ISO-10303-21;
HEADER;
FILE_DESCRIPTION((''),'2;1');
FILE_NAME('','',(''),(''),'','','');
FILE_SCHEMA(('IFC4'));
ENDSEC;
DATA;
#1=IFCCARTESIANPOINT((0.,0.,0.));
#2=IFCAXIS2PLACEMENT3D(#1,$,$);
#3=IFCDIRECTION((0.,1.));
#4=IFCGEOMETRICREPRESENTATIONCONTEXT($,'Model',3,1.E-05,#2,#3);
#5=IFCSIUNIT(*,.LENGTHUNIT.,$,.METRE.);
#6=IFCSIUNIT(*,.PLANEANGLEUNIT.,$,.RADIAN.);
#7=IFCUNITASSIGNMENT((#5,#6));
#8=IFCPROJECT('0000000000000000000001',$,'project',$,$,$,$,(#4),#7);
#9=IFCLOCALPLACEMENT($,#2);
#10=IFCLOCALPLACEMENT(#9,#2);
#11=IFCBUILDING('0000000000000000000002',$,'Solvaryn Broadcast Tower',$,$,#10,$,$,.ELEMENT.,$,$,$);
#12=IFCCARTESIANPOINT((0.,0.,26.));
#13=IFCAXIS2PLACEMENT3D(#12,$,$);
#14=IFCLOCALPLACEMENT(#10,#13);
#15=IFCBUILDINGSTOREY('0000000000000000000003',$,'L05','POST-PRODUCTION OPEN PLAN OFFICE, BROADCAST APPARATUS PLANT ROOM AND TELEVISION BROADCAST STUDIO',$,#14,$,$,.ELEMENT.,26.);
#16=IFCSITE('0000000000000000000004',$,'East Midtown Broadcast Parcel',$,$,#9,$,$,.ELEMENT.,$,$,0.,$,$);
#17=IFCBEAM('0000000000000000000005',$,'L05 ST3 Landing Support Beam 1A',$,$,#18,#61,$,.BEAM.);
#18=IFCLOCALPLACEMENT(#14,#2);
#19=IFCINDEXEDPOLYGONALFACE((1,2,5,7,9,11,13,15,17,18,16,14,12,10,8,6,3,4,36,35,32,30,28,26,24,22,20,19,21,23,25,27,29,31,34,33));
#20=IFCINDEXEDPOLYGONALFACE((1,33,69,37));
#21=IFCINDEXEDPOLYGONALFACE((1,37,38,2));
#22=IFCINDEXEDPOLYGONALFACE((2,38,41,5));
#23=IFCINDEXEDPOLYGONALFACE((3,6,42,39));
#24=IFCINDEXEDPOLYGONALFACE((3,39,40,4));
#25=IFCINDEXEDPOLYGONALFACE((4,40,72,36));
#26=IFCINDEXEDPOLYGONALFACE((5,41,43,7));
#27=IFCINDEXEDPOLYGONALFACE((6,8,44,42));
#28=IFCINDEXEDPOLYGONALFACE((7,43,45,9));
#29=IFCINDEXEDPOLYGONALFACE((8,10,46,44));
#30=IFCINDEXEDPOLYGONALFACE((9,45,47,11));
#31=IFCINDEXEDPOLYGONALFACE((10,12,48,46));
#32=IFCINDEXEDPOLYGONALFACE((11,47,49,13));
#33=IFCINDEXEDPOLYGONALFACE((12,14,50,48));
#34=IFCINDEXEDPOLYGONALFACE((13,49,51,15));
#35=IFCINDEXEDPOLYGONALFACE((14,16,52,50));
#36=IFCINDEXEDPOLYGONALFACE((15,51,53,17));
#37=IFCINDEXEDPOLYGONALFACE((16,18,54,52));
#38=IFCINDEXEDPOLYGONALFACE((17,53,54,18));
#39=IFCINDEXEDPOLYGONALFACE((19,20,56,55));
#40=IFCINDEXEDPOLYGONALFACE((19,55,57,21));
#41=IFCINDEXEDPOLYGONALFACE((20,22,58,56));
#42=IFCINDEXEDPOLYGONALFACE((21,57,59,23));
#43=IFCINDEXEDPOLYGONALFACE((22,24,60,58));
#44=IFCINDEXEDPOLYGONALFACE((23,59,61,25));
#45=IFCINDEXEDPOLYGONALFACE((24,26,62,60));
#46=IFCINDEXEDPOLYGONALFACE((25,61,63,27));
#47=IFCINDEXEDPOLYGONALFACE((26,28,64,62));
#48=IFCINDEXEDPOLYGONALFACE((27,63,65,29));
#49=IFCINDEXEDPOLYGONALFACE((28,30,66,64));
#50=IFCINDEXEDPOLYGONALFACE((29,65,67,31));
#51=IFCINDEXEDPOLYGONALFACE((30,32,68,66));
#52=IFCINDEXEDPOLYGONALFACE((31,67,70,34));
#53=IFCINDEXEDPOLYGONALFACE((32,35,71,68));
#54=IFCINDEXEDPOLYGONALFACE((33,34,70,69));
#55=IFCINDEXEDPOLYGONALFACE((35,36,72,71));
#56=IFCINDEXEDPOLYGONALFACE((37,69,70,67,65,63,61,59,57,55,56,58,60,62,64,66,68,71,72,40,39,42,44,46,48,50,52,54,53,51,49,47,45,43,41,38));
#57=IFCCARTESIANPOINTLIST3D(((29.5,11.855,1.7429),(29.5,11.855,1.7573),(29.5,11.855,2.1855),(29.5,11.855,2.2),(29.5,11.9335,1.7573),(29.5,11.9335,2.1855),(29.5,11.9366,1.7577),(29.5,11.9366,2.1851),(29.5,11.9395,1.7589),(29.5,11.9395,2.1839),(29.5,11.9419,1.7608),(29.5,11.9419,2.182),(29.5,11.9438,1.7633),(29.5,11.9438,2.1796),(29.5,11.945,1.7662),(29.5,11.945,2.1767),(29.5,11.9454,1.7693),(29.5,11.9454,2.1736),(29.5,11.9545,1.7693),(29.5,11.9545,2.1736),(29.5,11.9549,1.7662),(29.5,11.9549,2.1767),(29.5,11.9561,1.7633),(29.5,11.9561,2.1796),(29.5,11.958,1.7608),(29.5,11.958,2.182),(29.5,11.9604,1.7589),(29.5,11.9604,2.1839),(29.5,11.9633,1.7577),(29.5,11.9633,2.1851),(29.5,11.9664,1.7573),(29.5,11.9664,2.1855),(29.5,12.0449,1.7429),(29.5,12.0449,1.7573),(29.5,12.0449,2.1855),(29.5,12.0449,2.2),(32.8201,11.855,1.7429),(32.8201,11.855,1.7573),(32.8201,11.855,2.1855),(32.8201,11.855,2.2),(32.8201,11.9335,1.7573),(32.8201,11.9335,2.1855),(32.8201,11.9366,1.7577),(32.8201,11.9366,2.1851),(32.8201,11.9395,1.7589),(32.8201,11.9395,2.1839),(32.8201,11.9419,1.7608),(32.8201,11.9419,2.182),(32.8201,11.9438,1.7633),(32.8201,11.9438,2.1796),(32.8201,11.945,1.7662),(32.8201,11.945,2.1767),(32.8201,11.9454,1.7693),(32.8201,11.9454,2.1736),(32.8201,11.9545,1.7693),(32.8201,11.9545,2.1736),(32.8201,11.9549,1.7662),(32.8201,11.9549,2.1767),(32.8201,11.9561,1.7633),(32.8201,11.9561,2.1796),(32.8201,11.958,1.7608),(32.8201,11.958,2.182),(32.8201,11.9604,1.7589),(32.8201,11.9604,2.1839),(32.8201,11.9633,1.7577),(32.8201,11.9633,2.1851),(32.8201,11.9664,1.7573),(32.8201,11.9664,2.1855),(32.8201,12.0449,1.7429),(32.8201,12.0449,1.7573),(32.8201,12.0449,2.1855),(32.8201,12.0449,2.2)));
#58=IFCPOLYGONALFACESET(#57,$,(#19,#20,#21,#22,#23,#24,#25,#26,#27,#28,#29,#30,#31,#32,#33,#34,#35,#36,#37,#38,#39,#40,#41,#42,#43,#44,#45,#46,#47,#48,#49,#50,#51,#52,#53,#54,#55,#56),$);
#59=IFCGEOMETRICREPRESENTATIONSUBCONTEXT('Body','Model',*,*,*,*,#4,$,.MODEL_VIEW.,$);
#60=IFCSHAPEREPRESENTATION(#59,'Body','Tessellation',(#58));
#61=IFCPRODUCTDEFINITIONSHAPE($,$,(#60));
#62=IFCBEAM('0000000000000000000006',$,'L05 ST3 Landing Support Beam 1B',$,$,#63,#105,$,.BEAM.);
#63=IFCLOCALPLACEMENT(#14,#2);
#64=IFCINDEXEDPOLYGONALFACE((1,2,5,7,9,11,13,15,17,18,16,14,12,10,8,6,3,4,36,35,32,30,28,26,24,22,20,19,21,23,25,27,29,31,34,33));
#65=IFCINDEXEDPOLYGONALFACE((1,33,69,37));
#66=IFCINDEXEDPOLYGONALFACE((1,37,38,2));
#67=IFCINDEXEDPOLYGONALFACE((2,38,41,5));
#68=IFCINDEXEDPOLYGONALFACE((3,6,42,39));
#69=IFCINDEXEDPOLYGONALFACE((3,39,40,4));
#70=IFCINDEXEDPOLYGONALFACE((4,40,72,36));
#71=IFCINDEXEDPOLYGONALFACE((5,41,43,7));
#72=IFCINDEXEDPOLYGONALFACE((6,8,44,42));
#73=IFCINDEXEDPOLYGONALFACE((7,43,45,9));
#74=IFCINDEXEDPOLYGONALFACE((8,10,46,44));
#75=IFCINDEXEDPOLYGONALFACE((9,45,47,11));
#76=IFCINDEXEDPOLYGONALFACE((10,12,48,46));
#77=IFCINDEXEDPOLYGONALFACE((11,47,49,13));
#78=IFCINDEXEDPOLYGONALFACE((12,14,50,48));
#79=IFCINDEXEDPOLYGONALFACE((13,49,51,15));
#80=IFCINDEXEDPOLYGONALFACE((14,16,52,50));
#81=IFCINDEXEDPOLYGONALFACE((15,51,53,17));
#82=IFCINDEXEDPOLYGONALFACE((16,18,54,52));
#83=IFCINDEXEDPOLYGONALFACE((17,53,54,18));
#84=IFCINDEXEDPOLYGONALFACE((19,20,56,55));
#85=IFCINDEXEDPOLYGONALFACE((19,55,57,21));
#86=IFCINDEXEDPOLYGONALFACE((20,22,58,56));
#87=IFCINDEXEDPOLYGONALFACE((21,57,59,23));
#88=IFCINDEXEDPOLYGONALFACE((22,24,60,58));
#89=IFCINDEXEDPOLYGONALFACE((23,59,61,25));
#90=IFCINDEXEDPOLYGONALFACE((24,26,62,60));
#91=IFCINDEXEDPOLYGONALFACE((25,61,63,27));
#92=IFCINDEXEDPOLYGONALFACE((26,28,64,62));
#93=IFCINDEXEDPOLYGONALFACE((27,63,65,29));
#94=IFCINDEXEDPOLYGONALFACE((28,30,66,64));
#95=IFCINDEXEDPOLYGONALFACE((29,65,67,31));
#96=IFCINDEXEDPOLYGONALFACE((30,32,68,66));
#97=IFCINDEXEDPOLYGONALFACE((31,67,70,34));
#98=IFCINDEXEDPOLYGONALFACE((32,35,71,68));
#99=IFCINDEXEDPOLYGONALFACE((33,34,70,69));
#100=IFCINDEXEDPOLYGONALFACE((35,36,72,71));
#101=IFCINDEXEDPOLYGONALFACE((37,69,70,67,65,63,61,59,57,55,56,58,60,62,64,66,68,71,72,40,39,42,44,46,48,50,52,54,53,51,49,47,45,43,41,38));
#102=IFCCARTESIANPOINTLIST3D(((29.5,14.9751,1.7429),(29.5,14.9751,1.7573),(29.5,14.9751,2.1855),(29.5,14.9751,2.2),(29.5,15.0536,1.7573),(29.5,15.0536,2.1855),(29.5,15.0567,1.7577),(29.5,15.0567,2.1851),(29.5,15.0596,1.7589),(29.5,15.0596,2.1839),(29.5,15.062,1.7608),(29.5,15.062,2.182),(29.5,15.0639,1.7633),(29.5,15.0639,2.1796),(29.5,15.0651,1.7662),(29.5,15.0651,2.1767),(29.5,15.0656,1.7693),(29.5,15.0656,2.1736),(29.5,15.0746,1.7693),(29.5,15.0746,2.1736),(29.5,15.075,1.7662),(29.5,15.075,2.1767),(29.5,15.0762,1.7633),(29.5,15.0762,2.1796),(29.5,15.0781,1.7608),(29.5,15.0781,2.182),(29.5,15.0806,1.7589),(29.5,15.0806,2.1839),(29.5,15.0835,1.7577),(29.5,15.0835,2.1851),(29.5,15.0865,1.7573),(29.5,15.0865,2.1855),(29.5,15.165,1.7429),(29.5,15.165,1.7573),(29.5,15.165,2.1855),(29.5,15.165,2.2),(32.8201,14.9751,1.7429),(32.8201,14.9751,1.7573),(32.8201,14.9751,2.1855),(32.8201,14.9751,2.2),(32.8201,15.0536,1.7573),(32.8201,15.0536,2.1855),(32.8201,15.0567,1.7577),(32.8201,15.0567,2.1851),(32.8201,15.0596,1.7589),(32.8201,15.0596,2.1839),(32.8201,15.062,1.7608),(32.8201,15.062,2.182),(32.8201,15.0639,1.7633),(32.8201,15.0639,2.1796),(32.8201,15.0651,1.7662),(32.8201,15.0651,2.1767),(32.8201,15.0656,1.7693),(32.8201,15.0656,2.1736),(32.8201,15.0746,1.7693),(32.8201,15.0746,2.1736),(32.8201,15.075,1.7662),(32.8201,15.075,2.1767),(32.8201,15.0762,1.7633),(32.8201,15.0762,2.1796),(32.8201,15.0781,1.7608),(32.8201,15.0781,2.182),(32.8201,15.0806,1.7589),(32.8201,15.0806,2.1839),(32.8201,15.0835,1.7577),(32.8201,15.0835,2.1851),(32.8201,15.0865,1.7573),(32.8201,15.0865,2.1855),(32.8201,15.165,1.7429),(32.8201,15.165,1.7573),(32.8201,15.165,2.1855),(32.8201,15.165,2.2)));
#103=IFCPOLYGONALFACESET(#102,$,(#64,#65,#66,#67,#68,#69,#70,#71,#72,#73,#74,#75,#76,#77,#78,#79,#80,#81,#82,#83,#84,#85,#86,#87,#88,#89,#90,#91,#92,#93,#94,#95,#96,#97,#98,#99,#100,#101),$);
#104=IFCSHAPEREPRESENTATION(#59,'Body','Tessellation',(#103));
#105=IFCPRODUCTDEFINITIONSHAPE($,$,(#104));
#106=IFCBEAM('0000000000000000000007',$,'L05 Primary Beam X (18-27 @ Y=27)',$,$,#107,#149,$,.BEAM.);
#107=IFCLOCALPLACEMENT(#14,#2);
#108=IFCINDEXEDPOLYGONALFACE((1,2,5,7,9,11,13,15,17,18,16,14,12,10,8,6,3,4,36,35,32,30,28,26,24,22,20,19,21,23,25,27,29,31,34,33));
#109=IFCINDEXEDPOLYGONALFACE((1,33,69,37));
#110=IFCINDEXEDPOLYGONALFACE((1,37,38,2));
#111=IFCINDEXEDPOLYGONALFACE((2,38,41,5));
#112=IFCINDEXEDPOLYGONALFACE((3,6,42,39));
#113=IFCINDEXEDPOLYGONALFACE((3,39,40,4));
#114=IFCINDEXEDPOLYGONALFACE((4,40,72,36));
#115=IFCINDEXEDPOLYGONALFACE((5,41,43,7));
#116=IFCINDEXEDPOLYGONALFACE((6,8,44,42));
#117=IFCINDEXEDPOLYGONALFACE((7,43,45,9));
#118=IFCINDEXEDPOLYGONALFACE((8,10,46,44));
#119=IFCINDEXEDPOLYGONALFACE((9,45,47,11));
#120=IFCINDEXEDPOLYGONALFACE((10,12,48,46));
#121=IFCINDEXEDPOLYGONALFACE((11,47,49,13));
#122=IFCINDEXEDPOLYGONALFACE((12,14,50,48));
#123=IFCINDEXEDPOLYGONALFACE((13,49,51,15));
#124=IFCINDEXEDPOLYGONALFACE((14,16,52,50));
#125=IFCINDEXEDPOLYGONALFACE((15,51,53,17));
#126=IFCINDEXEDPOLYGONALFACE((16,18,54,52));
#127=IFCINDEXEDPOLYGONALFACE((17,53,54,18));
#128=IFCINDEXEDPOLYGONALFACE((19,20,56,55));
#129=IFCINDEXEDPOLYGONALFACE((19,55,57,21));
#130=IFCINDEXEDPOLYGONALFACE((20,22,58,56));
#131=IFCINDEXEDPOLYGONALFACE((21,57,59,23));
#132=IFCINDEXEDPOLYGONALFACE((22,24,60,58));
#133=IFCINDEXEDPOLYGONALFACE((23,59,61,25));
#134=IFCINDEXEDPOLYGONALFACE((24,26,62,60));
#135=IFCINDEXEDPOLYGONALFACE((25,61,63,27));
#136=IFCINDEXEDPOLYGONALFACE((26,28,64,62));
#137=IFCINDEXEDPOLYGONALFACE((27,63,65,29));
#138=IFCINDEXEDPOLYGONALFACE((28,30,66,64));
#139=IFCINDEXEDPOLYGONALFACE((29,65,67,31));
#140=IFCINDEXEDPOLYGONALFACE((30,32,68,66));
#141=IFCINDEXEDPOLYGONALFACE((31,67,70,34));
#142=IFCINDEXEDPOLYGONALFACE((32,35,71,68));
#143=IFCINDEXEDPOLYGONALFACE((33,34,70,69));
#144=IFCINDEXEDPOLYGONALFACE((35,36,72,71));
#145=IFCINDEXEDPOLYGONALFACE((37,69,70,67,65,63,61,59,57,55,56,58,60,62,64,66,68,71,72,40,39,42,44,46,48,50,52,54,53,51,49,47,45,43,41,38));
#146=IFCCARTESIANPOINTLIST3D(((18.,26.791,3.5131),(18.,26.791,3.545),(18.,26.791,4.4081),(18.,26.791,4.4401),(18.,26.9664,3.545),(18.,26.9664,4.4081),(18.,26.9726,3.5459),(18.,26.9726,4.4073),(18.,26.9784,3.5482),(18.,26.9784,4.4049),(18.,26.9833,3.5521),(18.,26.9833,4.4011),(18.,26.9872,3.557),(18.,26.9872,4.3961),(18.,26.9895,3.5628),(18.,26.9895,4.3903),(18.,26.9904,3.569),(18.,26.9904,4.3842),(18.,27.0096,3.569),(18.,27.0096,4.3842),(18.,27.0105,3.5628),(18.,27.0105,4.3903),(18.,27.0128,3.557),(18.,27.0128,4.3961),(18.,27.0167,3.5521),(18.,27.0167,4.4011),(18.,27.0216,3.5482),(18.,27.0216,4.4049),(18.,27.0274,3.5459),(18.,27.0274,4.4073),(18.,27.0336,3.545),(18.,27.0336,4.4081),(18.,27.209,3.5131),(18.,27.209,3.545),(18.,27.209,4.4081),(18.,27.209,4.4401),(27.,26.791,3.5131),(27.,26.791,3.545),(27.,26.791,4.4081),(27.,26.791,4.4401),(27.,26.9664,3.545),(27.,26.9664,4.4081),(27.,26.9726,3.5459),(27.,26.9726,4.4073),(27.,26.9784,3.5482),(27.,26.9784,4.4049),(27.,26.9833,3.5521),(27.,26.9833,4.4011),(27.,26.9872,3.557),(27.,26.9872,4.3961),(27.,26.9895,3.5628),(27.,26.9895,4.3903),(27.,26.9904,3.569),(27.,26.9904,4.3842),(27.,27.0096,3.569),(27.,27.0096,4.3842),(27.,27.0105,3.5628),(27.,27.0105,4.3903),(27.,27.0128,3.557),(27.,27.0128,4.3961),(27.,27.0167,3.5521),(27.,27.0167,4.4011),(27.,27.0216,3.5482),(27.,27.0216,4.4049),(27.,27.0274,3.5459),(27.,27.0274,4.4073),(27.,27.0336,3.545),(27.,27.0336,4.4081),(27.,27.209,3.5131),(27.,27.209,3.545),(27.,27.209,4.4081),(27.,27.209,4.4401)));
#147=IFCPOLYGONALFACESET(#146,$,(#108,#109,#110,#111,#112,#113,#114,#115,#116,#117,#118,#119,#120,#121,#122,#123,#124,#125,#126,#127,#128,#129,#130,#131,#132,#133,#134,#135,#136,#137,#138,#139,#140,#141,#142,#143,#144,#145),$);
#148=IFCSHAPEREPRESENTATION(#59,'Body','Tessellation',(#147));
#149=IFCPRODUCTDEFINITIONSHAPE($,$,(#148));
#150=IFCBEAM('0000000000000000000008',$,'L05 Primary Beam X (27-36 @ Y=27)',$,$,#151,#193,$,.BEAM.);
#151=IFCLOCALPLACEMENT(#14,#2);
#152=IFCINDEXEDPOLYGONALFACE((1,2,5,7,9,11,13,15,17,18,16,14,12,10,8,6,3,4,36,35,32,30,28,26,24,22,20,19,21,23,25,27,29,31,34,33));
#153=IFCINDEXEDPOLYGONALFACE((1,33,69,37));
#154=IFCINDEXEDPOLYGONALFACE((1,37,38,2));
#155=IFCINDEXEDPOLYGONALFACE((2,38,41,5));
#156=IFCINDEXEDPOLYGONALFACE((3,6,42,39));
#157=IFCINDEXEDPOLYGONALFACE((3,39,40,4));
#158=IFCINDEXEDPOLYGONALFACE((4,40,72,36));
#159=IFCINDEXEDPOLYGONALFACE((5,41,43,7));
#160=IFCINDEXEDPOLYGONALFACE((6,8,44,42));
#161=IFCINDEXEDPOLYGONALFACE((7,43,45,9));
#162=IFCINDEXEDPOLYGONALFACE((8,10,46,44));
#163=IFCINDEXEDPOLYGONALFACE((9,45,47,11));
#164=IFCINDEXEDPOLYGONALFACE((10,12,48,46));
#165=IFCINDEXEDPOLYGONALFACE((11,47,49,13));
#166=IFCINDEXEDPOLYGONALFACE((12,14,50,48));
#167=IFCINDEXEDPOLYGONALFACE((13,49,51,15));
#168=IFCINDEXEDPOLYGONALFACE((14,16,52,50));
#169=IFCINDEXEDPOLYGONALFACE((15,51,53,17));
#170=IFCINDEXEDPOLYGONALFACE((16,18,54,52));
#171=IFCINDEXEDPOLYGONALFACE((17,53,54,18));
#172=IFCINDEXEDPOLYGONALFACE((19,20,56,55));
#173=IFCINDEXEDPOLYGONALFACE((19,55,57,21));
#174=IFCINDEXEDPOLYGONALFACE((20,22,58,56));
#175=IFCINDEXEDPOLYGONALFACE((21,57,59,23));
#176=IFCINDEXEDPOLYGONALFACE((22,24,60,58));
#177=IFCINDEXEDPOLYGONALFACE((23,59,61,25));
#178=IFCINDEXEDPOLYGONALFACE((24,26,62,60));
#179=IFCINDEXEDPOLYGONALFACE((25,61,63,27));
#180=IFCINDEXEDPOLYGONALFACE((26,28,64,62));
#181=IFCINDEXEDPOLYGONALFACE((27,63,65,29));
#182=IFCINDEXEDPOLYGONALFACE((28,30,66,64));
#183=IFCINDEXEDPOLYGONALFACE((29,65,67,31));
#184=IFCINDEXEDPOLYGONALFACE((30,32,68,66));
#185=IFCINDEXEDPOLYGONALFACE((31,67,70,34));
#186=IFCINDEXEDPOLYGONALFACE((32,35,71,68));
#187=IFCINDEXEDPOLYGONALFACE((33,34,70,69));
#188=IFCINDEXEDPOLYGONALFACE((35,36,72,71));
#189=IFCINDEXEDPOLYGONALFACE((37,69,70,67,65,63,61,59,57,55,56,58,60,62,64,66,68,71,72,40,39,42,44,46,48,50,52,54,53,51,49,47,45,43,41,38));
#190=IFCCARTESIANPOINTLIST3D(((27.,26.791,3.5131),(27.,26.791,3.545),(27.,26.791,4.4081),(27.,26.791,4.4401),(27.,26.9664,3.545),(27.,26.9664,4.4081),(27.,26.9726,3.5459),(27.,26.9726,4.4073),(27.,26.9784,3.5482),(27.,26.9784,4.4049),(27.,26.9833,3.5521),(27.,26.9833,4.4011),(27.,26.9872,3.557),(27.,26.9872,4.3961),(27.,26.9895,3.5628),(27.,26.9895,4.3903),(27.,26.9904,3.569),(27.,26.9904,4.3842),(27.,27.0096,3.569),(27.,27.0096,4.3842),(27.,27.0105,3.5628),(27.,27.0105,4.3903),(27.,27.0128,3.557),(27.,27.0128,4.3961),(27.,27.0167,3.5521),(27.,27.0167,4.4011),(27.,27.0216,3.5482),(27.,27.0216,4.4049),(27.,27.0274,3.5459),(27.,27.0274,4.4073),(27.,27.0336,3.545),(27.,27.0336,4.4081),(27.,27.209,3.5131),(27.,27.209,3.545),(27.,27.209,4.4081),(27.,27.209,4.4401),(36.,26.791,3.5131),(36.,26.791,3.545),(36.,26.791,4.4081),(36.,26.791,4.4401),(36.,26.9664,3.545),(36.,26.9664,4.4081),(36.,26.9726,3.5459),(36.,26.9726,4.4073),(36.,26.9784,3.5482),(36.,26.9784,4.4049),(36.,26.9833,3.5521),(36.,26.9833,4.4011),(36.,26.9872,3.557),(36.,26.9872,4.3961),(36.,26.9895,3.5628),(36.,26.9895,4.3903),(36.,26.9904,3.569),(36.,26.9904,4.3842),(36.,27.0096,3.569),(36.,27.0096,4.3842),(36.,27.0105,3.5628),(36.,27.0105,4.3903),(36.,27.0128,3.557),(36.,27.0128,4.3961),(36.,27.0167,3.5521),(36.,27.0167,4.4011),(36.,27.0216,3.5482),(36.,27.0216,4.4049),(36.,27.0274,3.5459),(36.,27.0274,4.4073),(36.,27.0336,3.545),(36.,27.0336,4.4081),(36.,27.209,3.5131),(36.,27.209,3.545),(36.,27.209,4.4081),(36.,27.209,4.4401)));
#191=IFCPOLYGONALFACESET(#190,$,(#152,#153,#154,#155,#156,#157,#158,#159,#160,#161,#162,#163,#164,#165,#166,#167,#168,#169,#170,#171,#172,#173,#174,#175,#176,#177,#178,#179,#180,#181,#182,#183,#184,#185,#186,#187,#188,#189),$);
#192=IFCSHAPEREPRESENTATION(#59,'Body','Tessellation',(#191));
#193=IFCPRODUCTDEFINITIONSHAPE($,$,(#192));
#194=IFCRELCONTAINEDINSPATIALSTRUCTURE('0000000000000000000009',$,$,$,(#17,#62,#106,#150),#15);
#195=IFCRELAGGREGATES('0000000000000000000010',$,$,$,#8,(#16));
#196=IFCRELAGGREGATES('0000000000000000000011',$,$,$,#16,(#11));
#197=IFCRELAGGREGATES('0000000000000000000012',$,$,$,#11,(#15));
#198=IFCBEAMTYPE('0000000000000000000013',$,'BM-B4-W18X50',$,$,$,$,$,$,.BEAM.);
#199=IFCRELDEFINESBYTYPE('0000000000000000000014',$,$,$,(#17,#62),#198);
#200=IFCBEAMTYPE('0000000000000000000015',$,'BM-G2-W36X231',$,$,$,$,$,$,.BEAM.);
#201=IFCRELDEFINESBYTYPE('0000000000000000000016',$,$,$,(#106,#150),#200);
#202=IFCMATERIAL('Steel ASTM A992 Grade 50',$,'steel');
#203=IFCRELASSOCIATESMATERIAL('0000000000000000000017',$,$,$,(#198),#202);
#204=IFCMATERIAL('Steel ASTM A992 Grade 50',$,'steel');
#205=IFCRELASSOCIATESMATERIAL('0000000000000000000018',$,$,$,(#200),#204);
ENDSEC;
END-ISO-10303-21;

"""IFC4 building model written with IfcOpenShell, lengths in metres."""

from ifc_helpers import new_model, si_unit, direction, frame, origin, origin_2d, place, context, subcontext, project, spatial, i_section, extrude, material, material_profile, profile_set, type_object, element, save


model = new_model("IFC4")

# Units and contexts
model_context = context("Model", 3, precision=1e-05, world=origin(), true_north=direction((0.0, 1.0)))
body_context = subcontext(model_context, "Body", "Model", "MODEL_VIEW")
ifc_project = project(units=[si_unit("LENGTHUNIT", "METRE"), si_unit("PLANEANGLEUNIT", "RADIAN")], contexts=[model_context])

# Site, building, storey
site_placement = place(None, origin())
site = spatial("IfcSite", under=ifc_project, at=site_placement, Name="East Midtown Broadcast Parcel", CompositionType="ELEMENT", RefElevation=0.0)
building_placement = place(site_placement, origin())
building = spatial("IfcBuilding", under=site, at=building_placement, Name="Solvaryn Broadcast Tower", CompositionType="ELEMENT")
storey_placement = place(building_placement, frame((0.0, 0.0, 26.0)))
storey = spatial("IfcBuildingStorey", under=building, at=storey_placement, Name="L05", Description="POST-PRODUCTION OPEN PLAN OFFICE, BROADCAST APPARATUS PLANT ROOM AND TELEVISION BROADCAST STUDIO", CompositionType="ELEMENT", Elevation=26.0)

# Beams
ifc_material_1 = material(Name="Steel ASTM A992 Grade 50", Category="steel")
ifc_material_profile_1 = material_profile(ifc_material_1, i_section(OverallWidth=0.1899, OverallDepth=0.457, WebThickness=0.009, FlangeThickness=0.0144, FilletRadius=0.012, at=origin_2d()))
ifc_profile_set_1 = profile_set([ifc_material_profile_1], Name="Steel ASTM A992 Grade 50")
beam_type_1 = type_object("IfcBeamType", Name="BM-B4-W18X50", PredefinedType="BEAM", material=ifc_profile_set_1)
for number, where, z_axis, x_axis, name in (
    (1, (29.5, 11.95, 1.9714), (1.0, 0.0, 0.0), (0.0, 1.0, 0.0), "L05 ST3 Landing Support Beam 1A"),
    (2, (29.5, 15.0701, 1.9714), (1.0, 0.0, 0.0), (0.0, 1.0, 0.0), "L05 ST3 Landing Support Beam 1B"),
):
    element("IfcBeam", number, at=place(storey_placement, frame(where, z_axis=z_axis, x_axis=x_axis)), inside=storey, type_object=beam_type_1, Name=name, PredefinedType="BEAM", context=body_context, shape_type="SweptSolid", body=[
        extrude(i_section(OverallWidth=0.1899, OverallDepth=0.457, WebThickness=0.009, FlangeThickness=0.0144, FilletRadius=0.012, at=origin_2d()), origin(), (0.0, 0.0, 1.0), 3.3201),
    ])
ifc_material_2 = material(Name="Steel ASTM A992 Grade 50", Category="steel")
ifc_material_profile_2 = material_profile(ifc_material_2, i_section(OverallWidth=0.418, OverallDepth=0.927, WebThickness=0.0193, FlangeThickness=0.032, FilletRadius=0.0239, at=origin_2d()))
ifc_profile_set_2 = profile_set([ifc_material_profile_2], Name="Steel ASTM A992 Grade 50")
beam_type_2 = type_object("IfcBeamType", Name="BM-G2-W36X231", PredefinedType="BEAM", material=ifc_profile_set_2)
for number, where, z_axis, x_axis, name in (
    (3, (18.0, 27.0, 3.9766), (1.0, 0.0, 0.0), (0.0, 1.0, 0.0), "L05 Primary Beam X (18-27 @ Y=27)"),
    (4, (27.0, 27.0, 3.9766), (1.0, 0.0, 0.0), (0.0, 1.0, 0.0), "L05 Primary Beam X (27-36 @ Y=27)"),
):
    element("IfcBeam", number, at=place(storey_placement, frame(where, z_axis=z_axis, x_axis=x_axis)), inside=storey, type_object=beam_type_2, Name=name, PredefinedType="BEAM", context=body_context, shape_type="SweptSolid", body=[
        extrude(i_section(OverallWidth=0.418, OverallDepth=0.927, WebThickness=0.0193, FlangeThickness=0.032, FilletRadius=0.0239, at=origin_2d()), origin(), (0.0, 0.0, 1.0), 9.0),
    ])

save(model, "model.ifc")
